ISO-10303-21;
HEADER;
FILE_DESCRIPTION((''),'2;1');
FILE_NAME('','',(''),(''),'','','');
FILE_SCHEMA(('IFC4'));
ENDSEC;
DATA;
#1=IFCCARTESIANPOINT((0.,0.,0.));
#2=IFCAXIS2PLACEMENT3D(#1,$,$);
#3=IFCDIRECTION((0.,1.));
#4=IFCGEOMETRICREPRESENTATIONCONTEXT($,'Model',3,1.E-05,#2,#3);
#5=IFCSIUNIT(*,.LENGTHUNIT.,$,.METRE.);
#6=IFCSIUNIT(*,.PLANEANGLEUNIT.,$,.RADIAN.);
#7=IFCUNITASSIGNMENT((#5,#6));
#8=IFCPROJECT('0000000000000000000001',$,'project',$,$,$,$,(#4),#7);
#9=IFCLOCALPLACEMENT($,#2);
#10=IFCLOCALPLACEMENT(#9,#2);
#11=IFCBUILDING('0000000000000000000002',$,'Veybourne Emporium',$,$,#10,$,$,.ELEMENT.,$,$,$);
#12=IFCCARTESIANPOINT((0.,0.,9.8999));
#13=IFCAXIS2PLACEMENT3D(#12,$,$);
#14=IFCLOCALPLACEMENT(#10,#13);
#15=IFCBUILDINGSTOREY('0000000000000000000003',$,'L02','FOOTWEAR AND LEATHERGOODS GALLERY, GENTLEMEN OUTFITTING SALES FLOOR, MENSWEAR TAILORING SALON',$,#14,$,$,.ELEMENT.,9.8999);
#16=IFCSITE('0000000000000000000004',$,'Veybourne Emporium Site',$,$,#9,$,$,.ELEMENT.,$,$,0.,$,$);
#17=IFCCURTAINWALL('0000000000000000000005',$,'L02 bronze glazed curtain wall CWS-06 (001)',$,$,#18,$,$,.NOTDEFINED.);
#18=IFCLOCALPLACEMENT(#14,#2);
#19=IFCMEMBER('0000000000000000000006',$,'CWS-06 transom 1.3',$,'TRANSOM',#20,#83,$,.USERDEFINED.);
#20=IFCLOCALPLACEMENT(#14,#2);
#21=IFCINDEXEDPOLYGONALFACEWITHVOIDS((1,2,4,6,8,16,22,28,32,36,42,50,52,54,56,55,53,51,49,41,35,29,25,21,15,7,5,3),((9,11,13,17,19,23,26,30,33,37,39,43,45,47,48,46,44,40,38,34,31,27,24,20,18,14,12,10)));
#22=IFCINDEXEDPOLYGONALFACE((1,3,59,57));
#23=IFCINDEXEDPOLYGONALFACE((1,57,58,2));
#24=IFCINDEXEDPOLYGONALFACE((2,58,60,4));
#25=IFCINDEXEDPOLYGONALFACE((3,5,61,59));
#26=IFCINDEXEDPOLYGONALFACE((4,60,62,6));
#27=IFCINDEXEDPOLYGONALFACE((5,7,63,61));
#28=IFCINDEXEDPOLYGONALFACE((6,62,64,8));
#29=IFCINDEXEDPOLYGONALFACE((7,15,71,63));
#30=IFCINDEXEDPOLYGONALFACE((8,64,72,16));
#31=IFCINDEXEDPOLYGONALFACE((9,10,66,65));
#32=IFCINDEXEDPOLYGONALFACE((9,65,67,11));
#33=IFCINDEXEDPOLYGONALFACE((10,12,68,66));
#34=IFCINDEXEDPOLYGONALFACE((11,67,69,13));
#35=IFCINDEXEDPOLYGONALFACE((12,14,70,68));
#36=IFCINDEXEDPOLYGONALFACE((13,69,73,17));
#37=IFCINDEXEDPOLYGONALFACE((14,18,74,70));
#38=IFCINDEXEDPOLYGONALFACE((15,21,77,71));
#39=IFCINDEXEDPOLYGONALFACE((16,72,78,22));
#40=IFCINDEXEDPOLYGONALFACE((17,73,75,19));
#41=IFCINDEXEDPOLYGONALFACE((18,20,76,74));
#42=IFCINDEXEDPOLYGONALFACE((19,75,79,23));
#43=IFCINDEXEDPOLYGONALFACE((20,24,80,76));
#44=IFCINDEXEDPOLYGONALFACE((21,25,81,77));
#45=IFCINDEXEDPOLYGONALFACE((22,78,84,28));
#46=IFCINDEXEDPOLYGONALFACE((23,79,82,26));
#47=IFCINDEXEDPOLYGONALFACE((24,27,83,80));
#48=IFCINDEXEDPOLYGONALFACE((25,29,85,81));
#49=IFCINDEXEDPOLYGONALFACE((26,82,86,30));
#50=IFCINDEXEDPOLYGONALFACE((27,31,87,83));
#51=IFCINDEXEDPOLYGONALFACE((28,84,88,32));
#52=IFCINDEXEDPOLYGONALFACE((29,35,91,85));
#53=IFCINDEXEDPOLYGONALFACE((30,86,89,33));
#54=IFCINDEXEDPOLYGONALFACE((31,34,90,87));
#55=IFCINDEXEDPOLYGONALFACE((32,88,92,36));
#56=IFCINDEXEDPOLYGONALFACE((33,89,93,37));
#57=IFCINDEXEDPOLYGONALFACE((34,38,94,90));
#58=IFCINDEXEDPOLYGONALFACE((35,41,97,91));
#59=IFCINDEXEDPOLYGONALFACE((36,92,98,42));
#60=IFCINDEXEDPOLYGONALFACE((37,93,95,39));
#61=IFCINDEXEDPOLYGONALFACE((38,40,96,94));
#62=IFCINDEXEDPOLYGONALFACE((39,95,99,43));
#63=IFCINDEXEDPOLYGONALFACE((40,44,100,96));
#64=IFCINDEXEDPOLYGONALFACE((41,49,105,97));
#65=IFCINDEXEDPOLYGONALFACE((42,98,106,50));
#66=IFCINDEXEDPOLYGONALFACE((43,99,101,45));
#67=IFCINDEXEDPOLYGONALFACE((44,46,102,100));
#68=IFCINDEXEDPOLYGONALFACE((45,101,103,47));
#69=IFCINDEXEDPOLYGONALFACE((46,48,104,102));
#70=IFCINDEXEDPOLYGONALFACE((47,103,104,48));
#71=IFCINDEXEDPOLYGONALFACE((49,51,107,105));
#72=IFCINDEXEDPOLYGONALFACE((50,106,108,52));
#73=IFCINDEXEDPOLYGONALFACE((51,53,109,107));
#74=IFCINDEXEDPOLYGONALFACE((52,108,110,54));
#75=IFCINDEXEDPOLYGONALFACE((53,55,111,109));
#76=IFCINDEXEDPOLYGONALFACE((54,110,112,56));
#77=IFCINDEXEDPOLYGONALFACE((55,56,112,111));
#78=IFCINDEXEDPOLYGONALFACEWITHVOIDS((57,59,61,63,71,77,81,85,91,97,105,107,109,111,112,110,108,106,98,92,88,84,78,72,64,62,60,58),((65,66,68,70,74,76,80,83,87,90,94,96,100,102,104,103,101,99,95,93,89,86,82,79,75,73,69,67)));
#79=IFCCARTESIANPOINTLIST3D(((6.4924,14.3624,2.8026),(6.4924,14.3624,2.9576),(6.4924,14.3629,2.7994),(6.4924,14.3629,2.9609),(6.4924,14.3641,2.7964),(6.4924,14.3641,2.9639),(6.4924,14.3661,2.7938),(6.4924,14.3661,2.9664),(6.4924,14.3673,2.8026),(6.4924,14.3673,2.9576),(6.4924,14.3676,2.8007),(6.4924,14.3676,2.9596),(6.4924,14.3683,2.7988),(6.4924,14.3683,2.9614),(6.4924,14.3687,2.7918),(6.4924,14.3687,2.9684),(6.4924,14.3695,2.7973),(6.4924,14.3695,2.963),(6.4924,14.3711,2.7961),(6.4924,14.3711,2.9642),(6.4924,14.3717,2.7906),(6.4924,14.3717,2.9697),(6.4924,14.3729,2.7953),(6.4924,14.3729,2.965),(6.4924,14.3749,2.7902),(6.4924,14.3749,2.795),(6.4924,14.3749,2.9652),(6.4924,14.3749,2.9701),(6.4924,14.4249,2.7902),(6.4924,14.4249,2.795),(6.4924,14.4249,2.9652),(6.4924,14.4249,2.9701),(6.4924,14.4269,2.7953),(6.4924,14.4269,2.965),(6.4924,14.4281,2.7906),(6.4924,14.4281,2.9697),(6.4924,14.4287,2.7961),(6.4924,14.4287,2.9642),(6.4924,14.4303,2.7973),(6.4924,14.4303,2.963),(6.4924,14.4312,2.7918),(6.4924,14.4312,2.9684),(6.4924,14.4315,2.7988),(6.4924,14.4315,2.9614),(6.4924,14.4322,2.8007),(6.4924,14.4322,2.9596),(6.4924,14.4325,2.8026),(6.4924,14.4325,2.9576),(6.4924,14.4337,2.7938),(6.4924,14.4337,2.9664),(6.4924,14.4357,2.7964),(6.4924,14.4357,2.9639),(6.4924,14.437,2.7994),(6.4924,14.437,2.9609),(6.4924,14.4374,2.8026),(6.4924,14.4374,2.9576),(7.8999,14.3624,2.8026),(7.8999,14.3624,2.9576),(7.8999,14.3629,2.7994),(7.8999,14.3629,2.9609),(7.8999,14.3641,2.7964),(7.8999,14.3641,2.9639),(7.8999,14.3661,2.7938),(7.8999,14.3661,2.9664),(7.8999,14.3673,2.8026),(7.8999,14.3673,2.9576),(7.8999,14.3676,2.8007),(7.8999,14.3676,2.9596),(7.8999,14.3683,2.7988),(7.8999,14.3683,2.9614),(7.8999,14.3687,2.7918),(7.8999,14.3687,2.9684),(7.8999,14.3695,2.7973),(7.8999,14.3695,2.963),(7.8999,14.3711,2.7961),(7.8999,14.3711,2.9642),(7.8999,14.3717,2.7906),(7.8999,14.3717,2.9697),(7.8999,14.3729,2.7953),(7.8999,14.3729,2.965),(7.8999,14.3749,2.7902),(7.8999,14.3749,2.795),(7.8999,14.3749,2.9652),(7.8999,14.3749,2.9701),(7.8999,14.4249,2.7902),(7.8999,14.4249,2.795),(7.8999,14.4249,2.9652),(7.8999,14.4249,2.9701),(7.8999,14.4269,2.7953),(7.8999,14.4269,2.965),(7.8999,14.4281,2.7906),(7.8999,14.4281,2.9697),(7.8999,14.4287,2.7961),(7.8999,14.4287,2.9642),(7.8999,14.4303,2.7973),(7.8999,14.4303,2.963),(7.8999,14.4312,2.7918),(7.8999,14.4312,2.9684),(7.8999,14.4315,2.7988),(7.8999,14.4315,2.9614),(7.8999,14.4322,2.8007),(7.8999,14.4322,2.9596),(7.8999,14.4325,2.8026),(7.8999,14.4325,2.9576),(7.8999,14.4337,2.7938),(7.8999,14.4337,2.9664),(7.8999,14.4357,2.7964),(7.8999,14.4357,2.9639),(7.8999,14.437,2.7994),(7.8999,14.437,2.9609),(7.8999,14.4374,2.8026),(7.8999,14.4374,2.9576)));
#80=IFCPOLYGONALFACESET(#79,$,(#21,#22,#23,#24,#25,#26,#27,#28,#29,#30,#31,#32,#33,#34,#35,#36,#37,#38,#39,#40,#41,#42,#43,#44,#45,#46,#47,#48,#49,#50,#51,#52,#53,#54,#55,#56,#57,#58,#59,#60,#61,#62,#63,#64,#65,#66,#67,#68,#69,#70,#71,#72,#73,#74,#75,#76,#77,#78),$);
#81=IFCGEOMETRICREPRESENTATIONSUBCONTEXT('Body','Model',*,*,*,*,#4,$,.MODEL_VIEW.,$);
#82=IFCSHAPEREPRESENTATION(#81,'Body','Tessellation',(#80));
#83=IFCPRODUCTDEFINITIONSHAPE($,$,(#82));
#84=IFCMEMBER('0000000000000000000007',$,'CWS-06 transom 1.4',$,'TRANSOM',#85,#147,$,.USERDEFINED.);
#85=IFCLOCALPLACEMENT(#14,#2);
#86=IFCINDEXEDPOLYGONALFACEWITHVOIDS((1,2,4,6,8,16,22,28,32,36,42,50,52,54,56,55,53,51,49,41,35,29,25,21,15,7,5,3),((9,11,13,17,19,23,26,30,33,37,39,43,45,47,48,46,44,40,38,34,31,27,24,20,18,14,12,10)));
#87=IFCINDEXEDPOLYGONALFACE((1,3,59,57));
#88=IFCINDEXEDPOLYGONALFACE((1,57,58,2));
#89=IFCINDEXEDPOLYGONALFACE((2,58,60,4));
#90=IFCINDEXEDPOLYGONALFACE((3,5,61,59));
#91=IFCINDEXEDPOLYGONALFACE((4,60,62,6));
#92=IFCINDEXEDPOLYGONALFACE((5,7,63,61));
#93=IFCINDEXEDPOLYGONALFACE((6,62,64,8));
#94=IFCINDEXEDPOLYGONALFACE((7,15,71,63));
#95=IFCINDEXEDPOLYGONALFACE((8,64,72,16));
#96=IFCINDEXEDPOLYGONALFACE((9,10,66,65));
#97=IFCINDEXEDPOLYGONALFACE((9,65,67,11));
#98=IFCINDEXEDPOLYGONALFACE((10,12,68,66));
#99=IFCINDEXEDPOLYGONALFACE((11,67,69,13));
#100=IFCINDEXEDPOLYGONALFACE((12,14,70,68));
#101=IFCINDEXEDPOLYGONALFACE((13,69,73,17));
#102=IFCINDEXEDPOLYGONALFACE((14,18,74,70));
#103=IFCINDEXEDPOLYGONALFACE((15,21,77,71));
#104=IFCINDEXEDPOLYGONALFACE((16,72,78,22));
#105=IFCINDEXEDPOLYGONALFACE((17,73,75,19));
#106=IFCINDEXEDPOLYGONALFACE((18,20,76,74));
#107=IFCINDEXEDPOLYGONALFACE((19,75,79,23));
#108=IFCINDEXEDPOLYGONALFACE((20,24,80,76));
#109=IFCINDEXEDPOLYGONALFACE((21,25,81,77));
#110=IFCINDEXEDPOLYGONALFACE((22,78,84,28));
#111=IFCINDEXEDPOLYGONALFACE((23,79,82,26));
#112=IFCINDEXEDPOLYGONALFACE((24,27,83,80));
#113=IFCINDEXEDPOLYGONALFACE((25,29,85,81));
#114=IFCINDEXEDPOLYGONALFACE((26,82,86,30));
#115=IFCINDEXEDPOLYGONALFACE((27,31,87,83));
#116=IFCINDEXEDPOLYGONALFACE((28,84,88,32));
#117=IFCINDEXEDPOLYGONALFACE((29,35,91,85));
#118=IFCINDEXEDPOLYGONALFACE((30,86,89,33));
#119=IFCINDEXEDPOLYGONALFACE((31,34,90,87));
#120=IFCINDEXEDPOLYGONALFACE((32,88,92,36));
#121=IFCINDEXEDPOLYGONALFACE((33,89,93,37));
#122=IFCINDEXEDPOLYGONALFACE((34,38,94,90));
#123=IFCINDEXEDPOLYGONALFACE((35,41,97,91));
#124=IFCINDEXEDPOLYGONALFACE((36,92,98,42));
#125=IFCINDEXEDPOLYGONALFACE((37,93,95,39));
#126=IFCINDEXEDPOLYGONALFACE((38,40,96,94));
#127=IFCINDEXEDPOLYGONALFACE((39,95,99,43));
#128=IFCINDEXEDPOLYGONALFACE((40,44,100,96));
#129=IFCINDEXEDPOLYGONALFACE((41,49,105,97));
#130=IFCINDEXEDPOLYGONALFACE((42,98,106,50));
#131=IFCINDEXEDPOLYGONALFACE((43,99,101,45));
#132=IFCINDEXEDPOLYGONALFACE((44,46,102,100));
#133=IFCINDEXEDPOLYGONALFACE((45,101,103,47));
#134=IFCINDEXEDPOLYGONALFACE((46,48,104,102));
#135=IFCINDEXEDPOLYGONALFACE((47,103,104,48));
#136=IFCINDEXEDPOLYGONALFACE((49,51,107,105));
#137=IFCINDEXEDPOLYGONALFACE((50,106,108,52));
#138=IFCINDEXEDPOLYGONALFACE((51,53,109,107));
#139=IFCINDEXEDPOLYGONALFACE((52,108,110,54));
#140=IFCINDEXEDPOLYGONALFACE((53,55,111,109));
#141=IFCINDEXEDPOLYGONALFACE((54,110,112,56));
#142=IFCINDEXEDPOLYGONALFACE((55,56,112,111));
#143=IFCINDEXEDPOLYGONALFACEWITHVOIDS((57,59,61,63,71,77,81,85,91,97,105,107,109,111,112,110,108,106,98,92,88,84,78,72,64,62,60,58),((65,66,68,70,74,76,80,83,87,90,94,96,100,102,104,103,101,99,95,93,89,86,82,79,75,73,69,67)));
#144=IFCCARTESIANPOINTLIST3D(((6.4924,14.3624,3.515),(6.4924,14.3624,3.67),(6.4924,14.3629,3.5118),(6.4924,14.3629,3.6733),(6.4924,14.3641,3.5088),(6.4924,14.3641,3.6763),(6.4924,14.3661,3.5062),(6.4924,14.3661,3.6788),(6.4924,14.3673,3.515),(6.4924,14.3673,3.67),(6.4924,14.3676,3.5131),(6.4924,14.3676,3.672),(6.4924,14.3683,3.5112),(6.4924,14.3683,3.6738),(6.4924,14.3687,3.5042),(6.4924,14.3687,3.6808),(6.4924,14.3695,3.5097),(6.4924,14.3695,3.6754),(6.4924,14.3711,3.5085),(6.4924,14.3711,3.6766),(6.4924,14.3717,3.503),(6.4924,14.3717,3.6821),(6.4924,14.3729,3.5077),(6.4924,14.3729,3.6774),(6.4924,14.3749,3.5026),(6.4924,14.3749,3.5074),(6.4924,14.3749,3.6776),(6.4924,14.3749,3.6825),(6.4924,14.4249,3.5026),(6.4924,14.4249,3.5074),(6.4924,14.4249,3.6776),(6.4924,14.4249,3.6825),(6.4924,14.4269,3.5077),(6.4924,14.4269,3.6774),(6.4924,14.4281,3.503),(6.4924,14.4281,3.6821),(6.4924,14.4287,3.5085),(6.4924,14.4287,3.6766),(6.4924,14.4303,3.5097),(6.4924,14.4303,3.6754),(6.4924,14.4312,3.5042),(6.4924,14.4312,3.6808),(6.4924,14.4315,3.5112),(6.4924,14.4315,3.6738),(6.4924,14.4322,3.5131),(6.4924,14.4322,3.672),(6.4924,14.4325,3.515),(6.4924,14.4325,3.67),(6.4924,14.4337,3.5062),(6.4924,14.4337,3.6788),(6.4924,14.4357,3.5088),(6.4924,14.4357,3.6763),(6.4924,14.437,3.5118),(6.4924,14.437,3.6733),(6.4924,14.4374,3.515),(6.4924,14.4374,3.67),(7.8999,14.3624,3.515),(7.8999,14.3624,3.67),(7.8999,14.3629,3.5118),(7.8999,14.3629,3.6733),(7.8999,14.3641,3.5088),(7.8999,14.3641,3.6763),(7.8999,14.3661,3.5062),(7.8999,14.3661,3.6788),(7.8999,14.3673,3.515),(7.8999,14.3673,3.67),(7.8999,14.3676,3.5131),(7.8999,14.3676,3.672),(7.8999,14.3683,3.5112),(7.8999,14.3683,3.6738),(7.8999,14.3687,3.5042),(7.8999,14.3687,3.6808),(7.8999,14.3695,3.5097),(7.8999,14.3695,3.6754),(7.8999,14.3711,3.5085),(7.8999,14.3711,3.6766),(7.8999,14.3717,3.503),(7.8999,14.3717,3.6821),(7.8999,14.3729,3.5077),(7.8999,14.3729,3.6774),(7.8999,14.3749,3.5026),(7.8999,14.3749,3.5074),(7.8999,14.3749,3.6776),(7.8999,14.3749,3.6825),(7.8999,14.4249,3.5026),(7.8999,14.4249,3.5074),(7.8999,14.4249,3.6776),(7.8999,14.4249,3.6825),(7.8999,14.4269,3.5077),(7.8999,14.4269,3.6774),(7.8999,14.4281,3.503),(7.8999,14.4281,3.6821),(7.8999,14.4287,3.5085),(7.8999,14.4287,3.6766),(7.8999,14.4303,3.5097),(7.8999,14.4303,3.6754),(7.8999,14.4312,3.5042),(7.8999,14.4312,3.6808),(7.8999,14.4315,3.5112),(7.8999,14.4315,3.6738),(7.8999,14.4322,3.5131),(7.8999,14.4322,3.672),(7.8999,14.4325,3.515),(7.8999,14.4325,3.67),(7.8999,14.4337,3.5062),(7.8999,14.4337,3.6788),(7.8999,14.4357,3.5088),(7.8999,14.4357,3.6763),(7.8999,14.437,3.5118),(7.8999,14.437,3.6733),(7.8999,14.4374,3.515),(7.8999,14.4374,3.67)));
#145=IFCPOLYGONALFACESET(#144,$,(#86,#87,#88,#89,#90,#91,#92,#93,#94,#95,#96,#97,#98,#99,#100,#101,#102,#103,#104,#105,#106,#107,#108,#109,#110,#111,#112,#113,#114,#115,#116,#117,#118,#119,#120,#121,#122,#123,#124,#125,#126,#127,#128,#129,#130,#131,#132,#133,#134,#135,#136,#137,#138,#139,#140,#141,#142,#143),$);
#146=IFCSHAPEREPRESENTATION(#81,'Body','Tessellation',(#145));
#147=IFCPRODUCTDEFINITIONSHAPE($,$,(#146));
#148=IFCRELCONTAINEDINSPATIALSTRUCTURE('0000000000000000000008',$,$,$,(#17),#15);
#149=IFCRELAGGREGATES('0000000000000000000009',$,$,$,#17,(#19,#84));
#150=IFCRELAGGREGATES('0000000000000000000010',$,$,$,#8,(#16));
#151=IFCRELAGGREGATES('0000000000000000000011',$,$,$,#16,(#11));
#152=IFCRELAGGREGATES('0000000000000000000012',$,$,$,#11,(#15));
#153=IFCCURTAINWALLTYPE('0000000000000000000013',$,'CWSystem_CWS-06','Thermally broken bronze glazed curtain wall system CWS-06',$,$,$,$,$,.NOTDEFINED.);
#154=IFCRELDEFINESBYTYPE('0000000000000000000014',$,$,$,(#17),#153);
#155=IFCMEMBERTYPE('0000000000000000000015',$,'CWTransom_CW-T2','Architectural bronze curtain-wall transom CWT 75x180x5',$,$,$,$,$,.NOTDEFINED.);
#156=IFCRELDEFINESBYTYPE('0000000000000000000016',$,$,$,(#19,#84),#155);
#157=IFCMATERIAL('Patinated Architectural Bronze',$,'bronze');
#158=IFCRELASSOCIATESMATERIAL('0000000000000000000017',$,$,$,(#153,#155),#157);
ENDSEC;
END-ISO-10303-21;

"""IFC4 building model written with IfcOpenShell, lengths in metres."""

from ifc_helpers import new_model, si_unit, direction, frame, origin, origin_2d, place, context, subcontext, project, spatial, hollow_rectangle, extrude, material, material_profile, profile_set, type_object, element, aggregate, save


model = new_model("IFC4")

# Units and contexts
model_context = context("Model", 3, precision=1e-05, world=origin(), true_north=direction((0.0, 1.0)))
body_context = subcontext(model_context, "Body", "Model", "MODEL_VIEW")
ifc_project = project(units=[si_unit("LENGTHUNIT", "METRE"), si_unit("PLANEANGLEUNIT", "RADIAN")], contexts=[model_context])

# Site, building, storey
site_placement = place(None, origin())
site = spatial("IfcSite", under=ifc_project, at=site_placement, Name="Veybourne Emporium Site", CompositionType="ELEMENT", RefElevation=0.0)
building_placement = place(site_placement, origin())
building = spatial("IfcBuilding", under=site, at=building_placement, Name="Veybourne Emporium", CompositionType="ELEMENT")
storey_placement = place(building_placement, frame((0.0, 0.0, 9.8999)))
storey = spatial("IfcBuildingStorey", under=building, at=storey_placement, Name="L02", Description="FOOTWEAR AND LEATHERGOODS GALLERY, GENTLEMEN OUTFITTING SALES FLOOR, MENSWEAR TAILORING SALON", CompositionType="ELEMENT", Elevation=9.8999)

# Curtain wall, members
ifc_material_1 = material(Name="Patinated Architectural Bronze", Category="bronze")
curtain_wall_type = type_object("IfcCurtainWallType", Name="CWSystem_CWS-06", Description="Thermally broken bronze glazed curtain wall system CWS-06", PredefinedType="NOTDEFINED", material=ifc_material_1)
curtain_wall_placement = place(storey_placement, origin())
curtain_wall = element("IfcCurtainWall", 1, at=curtain_wall_placement, inside=storey, type_object=curtain_wall_type, Name="L02 bronze glazed curtain wall CWS-06 (001)", PredefinedType="NOTDEFINED")
ifc_material_profile_1 = material_profile(ifc_material_1, hollow_rectangle(XDim=0.075, YDim=0.1799, WallThickness=0.0049, InnerFilletRadius=0.0076, OuterFilletRadius=0.0125, at=origin_2d()), Name="CWT 75x180x5")
ifc_profile_set_1 = profile_set([ifc_material_profile_1], Name="Patinated Architectural Bronze")
member_type_1 = type_object("IfcMemberType", Name="CWTransom_CW-T2", Description="Architectural bronze curtain-wall transom CWT 75x180x5", PredefinedType="NOTDEFINED", material=ifc_profile_set_1)
member_1_placement = place(storey_placement, frame((7.8999, 14.3999, 2.8801), z_axis=(-1.0, 0.0, 0.0), x_axis=(0.0, -1.0, 0.0)))
member_1 = element("IfcMember", 2, at=member_1_placement, type_object=member_type_1, Name="CWS-06 transom 1.3", ObjectType="TRANSOM", PredefinedType="USERDEFINED", context=body_context, shape_type="SweptSolid", body=[
    extrude(hollow_rectangle(XDim=0.075, YDim=0.1799, WallThickness=0.0049, InnerFilletRadius=0.0076, OuterFilletRadius=0.0125, at=origin_2d()), origin(), (0.0, 0.0, 1.0), 1.4075),
])
member_2_placement = place(storey_placement, frame((7.8999, 14.3999, 3.5925), z_axis=(-1.0, 0.0, 0.0), x_axis=(0.0, -1.0, 0.0)))
member_2 = element("IfcMember", 3, at=member_2_placement, type_object=member_type_1, Name="CWS-06 transom 1.4", ObjectType="TRANSOM", PredefinedType="USERDEFINED", context=body_context, shape_type="SweptSolid", body=[
    extrude(hollow_rectangle(XDim=0.075, YDim=0.1799, WallThickness=0.0049, InnerFilletRadius=0.0076, OuterFilletRadius=0.0125, at=origin_2d()), origin(), (0.0, 0.0, 1.0), 1.4075),
])
aggregate(curtain_wall, [member_1, member_2])

save(model, "model.ifc")
